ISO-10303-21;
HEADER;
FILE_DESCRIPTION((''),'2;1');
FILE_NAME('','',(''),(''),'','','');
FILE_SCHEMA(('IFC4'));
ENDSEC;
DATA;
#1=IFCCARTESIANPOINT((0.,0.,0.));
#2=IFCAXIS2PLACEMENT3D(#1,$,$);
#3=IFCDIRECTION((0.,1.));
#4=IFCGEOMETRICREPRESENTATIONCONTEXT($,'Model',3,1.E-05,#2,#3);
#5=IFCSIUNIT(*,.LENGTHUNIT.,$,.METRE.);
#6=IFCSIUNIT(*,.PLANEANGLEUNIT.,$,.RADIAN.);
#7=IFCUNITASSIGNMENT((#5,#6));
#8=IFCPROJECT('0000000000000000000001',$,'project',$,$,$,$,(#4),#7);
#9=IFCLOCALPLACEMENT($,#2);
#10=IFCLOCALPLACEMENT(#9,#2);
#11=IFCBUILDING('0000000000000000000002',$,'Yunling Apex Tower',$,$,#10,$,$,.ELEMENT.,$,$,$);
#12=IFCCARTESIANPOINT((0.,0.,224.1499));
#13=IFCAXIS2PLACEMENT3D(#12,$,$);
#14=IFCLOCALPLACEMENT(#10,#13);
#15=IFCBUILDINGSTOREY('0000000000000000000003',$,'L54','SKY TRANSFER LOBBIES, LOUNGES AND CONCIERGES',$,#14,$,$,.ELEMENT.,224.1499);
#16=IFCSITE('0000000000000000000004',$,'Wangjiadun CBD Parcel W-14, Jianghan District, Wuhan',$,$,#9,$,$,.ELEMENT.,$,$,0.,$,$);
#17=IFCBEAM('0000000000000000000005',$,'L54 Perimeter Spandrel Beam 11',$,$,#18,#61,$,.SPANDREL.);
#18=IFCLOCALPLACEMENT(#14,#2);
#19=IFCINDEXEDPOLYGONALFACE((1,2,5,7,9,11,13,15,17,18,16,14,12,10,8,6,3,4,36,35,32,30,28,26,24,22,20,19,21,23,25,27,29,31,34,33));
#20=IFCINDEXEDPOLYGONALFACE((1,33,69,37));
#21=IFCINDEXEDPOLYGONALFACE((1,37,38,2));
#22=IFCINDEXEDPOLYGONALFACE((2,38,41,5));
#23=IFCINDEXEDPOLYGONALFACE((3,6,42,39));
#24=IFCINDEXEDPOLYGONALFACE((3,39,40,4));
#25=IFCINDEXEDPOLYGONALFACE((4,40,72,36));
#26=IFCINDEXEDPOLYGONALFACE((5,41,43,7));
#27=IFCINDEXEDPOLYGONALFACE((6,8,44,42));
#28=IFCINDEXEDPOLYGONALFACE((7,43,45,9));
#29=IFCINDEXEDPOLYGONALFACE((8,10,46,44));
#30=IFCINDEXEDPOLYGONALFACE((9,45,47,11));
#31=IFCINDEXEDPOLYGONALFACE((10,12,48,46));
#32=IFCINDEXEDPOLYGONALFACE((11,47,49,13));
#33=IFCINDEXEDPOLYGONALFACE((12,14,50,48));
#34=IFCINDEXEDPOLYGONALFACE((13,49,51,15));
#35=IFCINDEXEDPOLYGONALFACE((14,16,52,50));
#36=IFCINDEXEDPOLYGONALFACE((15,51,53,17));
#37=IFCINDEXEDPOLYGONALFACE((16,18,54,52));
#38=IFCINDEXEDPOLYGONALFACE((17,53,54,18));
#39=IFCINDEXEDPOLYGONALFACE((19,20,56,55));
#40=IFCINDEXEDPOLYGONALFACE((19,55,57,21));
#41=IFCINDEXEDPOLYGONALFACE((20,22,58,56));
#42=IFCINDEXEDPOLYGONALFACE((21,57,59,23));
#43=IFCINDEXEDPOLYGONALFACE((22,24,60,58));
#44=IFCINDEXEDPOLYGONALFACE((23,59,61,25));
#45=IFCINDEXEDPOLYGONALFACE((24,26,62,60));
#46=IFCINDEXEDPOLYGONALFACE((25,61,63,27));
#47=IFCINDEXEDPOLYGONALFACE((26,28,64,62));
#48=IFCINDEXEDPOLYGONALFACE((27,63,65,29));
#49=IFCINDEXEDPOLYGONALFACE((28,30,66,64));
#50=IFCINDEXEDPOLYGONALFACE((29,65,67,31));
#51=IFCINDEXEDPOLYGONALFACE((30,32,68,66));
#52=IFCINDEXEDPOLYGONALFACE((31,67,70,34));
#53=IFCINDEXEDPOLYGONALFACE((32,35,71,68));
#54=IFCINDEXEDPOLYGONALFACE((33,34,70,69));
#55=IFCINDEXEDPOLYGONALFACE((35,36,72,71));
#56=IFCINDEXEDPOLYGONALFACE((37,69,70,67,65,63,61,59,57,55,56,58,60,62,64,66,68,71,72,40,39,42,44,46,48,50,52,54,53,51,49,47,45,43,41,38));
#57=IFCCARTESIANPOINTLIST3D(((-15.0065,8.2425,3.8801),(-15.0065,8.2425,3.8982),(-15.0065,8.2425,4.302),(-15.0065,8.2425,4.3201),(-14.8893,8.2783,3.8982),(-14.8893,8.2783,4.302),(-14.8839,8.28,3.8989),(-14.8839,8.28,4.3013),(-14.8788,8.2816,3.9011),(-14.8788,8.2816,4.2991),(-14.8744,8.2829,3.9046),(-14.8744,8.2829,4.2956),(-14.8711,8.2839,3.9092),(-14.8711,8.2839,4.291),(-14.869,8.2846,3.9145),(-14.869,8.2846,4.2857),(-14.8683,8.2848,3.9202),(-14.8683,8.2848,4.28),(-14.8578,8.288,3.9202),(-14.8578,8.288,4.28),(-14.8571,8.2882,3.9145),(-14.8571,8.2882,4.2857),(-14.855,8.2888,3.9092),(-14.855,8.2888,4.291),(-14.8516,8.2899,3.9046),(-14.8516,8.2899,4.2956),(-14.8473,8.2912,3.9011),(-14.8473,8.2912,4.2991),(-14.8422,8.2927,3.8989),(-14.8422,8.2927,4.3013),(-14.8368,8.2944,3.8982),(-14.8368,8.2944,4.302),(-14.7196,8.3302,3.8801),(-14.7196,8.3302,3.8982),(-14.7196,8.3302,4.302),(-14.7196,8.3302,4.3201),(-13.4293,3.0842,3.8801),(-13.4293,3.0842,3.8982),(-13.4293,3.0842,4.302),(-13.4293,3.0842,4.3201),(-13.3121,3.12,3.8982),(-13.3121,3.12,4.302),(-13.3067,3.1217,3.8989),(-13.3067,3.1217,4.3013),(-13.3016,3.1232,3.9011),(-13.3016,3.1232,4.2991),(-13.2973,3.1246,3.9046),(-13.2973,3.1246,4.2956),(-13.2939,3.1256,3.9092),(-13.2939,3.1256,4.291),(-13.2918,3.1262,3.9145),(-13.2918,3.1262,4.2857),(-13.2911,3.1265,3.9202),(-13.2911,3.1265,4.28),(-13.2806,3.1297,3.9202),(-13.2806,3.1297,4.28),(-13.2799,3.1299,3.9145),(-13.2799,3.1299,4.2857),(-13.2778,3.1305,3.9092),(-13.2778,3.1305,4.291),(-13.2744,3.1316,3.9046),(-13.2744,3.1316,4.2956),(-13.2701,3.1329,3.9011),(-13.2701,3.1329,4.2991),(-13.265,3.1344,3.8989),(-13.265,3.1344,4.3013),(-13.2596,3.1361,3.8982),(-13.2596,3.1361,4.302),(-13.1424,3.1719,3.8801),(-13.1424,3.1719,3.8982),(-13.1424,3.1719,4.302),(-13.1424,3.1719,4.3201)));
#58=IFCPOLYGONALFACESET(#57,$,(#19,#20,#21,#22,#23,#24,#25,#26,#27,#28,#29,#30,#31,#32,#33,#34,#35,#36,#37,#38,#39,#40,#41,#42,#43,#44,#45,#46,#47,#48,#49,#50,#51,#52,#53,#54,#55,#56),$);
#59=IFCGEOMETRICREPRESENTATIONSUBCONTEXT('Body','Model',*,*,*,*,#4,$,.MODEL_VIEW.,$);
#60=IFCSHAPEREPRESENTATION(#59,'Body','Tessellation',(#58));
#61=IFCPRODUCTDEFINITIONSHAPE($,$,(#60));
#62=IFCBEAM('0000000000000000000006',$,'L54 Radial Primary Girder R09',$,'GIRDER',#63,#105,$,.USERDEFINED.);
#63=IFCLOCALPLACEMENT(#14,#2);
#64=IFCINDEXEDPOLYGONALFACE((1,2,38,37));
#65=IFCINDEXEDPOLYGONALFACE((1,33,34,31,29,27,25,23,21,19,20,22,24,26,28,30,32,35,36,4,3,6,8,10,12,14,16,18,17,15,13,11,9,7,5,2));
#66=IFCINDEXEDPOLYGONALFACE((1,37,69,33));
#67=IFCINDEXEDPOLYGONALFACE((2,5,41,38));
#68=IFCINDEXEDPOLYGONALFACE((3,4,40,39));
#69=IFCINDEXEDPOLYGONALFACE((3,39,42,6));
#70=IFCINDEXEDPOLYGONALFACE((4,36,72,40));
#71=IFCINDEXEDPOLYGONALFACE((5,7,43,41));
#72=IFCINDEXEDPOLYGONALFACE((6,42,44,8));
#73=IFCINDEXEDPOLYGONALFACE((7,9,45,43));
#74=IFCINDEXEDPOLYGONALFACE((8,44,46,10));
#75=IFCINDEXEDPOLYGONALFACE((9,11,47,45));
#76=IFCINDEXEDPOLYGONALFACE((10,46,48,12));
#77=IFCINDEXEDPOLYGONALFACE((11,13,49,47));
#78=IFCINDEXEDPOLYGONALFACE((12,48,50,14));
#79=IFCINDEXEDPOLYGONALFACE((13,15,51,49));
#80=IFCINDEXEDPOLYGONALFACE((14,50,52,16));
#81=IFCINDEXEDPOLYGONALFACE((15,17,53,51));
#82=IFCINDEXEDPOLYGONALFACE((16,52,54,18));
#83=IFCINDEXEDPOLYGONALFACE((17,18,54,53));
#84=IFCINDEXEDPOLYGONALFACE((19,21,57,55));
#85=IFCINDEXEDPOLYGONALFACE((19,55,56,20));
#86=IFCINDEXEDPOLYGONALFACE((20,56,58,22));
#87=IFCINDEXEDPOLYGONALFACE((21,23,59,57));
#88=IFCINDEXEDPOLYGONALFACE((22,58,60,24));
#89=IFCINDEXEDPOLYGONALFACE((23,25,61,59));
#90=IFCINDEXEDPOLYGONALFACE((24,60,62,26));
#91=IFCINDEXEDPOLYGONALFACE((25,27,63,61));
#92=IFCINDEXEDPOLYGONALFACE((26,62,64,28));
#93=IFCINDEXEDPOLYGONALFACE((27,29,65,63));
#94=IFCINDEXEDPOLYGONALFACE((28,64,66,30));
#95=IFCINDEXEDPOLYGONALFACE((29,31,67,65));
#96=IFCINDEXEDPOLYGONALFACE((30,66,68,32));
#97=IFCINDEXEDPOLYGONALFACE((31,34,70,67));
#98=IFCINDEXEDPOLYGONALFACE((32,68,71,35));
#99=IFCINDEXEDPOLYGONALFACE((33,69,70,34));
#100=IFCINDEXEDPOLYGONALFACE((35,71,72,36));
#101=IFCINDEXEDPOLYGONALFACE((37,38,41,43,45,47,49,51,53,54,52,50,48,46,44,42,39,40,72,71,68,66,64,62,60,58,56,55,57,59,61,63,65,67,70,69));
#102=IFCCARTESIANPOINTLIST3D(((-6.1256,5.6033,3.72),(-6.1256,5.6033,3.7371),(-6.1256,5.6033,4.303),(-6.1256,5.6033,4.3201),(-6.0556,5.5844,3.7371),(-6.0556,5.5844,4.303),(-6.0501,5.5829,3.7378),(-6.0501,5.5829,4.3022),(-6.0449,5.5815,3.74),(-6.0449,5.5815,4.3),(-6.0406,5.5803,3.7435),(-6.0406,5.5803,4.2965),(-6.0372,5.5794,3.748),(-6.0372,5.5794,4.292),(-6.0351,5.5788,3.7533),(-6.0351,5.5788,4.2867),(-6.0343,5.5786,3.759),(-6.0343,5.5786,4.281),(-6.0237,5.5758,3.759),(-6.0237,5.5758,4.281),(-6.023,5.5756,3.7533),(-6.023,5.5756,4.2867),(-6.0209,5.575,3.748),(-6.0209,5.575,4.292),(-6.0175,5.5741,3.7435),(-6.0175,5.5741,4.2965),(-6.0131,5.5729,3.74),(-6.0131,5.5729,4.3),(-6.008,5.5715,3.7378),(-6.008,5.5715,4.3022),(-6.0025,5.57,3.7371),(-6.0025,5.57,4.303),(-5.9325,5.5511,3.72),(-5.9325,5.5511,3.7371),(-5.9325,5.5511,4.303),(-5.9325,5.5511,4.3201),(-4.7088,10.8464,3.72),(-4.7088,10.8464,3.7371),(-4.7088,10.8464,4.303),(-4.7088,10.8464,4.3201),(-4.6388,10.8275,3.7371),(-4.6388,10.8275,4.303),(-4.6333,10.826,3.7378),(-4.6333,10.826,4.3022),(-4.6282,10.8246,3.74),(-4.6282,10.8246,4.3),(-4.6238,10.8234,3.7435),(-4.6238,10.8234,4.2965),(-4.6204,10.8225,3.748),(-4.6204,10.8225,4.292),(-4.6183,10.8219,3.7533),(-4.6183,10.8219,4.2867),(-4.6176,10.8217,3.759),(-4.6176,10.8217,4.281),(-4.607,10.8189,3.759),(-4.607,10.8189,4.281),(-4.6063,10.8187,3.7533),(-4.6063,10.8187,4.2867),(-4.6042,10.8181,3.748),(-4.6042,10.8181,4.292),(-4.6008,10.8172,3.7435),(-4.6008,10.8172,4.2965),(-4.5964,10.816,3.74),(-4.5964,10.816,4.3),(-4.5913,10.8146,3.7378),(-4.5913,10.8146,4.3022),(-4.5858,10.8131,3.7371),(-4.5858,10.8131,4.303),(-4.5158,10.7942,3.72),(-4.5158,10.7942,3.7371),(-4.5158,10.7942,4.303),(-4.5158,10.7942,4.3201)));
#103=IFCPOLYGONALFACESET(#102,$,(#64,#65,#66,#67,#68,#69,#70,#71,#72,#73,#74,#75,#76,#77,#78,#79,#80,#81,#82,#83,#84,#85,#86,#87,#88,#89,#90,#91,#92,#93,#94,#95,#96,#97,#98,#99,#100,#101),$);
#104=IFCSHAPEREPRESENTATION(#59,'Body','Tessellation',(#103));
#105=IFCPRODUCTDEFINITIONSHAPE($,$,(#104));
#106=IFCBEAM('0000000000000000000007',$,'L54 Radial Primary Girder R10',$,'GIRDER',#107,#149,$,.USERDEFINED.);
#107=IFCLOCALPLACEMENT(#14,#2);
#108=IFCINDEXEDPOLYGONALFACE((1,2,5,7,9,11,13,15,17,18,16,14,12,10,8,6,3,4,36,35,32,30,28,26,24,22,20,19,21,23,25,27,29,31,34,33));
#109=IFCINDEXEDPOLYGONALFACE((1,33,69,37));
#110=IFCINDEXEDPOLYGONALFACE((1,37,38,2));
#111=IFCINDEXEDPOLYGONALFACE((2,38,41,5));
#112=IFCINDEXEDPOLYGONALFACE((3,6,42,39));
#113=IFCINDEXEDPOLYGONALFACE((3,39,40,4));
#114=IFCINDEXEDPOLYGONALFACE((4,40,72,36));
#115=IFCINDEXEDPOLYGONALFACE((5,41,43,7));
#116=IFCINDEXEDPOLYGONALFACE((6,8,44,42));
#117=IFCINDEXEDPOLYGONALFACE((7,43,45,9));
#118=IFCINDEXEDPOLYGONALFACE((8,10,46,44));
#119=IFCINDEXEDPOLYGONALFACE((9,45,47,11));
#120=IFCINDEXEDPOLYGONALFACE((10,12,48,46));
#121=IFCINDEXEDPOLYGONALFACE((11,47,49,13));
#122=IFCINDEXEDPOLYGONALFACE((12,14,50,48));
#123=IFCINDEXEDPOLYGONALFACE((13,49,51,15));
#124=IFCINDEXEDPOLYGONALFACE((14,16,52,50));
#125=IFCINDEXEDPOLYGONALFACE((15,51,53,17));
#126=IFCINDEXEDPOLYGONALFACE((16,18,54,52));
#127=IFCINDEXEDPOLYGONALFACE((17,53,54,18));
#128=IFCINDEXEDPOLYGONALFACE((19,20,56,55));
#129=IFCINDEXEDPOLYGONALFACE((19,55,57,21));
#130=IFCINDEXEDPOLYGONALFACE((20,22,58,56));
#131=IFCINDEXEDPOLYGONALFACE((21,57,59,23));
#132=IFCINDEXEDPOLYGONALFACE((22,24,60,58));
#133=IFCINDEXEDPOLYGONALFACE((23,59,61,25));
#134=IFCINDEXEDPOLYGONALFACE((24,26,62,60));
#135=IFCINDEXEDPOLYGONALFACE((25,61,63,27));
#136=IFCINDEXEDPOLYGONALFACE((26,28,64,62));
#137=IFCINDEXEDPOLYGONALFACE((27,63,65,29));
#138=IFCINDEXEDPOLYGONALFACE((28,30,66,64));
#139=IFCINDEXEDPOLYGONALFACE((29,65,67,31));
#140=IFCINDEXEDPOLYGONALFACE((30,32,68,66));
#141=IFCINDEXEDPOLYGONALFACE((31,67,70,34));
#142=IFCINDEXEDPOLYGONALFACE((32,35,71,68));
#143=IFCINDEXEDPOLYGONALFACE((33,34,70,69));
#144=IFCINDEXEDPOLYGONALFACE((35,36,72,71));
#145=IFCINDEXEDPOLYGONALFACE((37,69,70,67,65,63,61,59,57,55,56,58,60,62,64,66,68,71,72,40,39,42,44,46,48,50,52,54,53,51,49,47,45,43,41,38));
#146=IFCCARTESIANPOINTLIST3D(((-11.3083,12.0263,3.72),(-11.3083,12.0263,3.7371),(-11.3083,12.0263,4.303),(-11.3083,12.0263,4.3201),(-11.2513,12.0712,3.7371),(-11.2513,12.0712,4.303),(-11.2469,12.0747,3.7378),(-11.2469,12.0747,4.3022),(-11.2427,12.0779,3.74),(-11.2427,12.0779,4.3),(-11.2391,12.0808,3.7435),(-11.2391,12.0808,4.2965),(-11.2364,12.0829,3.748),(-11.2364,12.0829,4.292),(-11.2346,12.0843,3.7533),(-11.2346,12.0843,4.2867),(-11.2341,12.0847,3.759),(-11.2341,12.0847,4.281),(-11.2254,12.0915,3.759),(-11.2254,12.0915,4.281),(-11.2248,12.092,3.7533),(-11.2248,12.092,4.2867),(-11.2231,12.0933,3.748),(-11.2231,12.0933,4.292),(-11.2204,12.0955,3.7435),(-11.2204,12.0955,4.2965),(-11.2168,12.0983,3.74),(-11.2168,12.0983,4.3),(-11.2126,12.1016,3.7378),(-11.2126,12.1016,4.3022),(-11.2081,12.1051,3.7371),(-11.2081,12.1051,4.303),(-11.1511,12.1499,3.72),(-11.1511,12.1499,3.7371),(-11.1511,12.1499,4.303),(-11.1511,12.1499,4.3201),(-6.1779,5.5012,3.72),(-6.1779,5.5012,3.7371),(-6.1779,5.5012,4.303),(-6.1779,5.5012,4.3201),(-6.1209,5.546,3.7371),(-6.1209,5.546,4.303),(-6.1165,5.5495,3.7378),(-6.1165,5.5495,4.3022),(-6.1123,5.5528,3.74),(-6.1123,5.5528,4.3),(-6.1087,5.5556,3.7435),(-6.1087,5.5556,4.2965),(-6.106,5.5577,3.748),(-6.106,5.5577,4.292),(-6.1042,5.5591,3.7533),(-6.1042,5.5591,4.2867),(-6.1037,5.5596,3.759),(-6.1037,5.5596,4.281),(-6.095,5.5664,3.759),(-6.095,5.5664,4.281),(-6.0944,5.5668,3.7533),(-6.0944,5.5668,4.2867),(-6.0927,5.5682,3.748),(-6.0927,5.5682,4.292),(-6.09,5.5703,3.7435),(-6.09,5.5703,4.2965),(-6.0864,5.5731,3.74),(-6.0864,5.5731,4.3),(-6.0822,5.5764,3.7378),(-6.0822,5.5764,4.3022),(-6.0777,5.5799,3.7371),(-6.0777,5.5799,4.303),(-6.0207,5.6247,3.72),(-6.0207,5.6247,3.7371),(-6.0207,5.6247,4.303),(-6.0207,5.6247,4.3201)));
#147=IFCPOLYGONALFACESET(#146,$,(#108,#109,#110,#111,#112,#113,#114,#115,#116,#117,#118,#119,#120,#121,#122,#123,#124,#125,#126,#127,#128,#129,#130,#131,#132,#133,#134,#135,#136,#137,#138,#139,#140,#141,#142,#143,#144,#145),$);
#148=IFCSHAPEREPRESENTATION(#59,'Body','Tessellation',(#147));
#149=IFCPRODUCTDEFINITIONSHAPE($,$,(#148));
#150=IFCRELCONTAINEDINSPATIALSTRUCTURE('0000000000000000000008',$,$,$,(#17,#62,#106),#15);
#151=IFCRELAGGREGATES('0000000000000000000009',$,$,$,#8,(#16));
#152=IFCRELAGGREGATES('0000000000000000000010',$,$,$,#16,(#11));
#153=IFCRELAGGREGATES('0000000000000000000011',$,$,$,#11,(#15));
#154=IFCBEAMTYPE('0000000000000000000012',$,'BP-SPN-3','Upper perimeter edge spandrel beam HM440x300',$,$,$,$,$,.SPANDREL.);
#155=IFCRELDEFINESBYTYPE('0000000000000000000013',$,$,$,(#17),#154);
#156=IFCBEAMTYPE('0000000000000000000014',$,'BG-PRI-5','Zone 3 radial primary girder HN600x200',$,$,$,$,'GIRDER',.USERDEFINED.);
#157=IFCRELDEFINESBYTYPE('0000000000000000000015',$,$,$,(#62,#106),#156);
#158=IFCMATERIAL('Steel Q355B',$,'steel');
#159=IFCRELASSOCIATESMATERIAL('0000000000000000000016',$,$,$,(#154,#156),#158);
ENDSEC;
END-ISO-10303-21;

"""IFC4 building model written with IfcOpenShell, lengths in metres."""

from ifc_helpers import new_model, si_unit, direction, frame, origin, origin_2d, place, context, subcontext, project, spatial, i_section, extrude, source, transform, mapped, material, material_profile, profile_set, type_object, element, save


model = new_model("IFC4")

# Units and contexts
model_context = context("Model", 3, precision=1e-05, world=origin(), true_north=direction((0.0, 1.0)))
body_context = subcontext(model_context, "Body", "Model", "MODEL_VIEW")
ifc_project = project(units=[si_unit("LENGTHUNIT", "METRE"), si_unit("PLANEANGLEUNIT", "RADIAN")], contexts=[model_context])

# Site, building, storey
site_placement = place(None, origin())
site = spatial("IfcSite", under=ifc_project, at=site_placement, Name="Wangjiadun CBD Parcel W-14, Jianghan District, Wuhan", CompositionType="ELEMENT", RefElevation=0.0)
building_placement = place(site_placement, origin())
building = spatial("IfcBuilding", under=site, at=building_placement, Name="Yunling Apex Tower", CompositionType="ELEMENT")
storey_placement = place(building_placement, frame((0.0, 0.0, 224.1499)))
storey = spatial("IfcBuildingStorey", under=building, at=storey_placement, Name="L54", Description="SKY TRANSFER LOBBIES, LOUNGES AND CONCIERGES", CompositionType="ELEMENT", Elevation=224.1499)

# Beams
ifc_material_1 = material(Name="Steel Q355B", Category="steel")
ifc_material_profile_1 = material_profile(ifc_material_1, i_section(OverallWidth=0.3, OverallDepth=0.4399, WebThickness=0.011, FlangeThickness=0.0181, FilletRadius=0.022, at=origin_2d()))
ifc_profile_set_1 = profile_set([ifc_material_profile_1], Name="Steel Q355B")
beam_type_1 = type_object("IfcBeamType", Name="BP-SPN-3", Description="Upper perimeter edge spandrel beam HM440x300", PredefinedType="SPANDREL", material=ifc_profile_set_1)
shared_shape_1 = source(origin(), body_context, "Body", "SweptSolid", [
    extrude(i_section(OverallWidth=0.3, OverallDepth=0.4399, WebThickness=0.011, FlangeThickness=0.0181, FilletRadius=0.022, at=origin_2d()), origin(), (0.0, 0.0, 1.0), 5.394),
])
beam_1_placement = place(storey_placement, frame((-14.863, 8.2864, 4.1001), z_axis=(0.292393, -0.956298, 0.0), x_axis=(0.956298, 0.292393, 0.0)))
element("IfcBeam", 1, at=beam_1_placement, inside=storey, type_object=beam_type_1, Name="L54 Perimeter Spandrel Beam 11", PredefinedType="SPANDREL", context=body_context, shape_type="MappedRepresentation", body=[
    mapped(shared_shape_1, transform((0.0, 0.0, 0.0), scale=1.0)),
])
ifc_material_profile_2 = material_profile(ifc_material_1, i_section(OverallWidth=0.2, OverallDepth=0.6001, WebThickness=0.011, FlangeThickness=0.0171, FilletRadius=0.022, at=origin_2d()))
ifc_profile_set_2 = profile_set([ifc_material_profile_2], Name="Steel Q355B")
beam_type_2 = type_object("IfcBeamType", Name="BG-PRI-5", Description="Zone 3 radial primary girder HN600x200", ElementType="GIRDER", PredefinedType="USERDEFINED", material=ifc_profile_set_2)
shared_shape_2 = source(origin(), body_context, "Body", "SweptSolid", [
    extrude(i_section(OverallWidth=0.2, OverallDepth=0.6001, WebThickness=0.011, FlangeThickness=0.0171, FilletRadius=0.022, at=origin_2d()), origin(), (0.0, 0.0, 1.0), 5.4312),
])
beam_2_placement = place(storey_placement, frame((-4.6123, 10.8203, 4.02), z_axis=(-0.260854, -0.965378, 0.0), x_axis=(0.965378, -0.260854, 0.0)))
element("IfcBeam", 2, at=beam_2_placement, inside=storey, type_object=beam_type_2, Name="L54 Radial Primary Girder R09", ObjectType="GIRDER", PredefinedType="USERDEFINED", context=body_context, shape_type="MappedRepresentation", body=[
    mapped(shared_shape_2, transform((0.0, 0.0, 0.0), scale=1.0)),
])
shared_shape_3 = source(origin(), body_context, "Body", "SweptSolid", [
    extrude(i_section(OverallWidth=0.2, OverallDepth=0.6001, WebThickness=0.011, FlangeThickness=0.0171, FilletRadius=0.022, at=origin_2d()), origin(), (0.0, 0.0, 1.0), 8.3005),
])
beam_3_placement = place(storey_placement, frame((-11.2297, 12.0881, 4.02), z_axis=(0.61808, -0.786115, 0.0), x_axis=(0.786115, 0.61808, 0.0)))
element("IfcBeam", 3, at=beam_3_placement, inside=storey, type_object=beam_type_2, Name="L54 Radial Primary Girder R10", ObjectType="GIRDER", PredefinedType="USERDEFINED", context=body_context, shape_type="MappedRepresentation", body=[
    mapped(shared_shape_3, transform((0.0, 0.0, 0.0), scale=1.0)),
])

save(model, "model.ifc")
